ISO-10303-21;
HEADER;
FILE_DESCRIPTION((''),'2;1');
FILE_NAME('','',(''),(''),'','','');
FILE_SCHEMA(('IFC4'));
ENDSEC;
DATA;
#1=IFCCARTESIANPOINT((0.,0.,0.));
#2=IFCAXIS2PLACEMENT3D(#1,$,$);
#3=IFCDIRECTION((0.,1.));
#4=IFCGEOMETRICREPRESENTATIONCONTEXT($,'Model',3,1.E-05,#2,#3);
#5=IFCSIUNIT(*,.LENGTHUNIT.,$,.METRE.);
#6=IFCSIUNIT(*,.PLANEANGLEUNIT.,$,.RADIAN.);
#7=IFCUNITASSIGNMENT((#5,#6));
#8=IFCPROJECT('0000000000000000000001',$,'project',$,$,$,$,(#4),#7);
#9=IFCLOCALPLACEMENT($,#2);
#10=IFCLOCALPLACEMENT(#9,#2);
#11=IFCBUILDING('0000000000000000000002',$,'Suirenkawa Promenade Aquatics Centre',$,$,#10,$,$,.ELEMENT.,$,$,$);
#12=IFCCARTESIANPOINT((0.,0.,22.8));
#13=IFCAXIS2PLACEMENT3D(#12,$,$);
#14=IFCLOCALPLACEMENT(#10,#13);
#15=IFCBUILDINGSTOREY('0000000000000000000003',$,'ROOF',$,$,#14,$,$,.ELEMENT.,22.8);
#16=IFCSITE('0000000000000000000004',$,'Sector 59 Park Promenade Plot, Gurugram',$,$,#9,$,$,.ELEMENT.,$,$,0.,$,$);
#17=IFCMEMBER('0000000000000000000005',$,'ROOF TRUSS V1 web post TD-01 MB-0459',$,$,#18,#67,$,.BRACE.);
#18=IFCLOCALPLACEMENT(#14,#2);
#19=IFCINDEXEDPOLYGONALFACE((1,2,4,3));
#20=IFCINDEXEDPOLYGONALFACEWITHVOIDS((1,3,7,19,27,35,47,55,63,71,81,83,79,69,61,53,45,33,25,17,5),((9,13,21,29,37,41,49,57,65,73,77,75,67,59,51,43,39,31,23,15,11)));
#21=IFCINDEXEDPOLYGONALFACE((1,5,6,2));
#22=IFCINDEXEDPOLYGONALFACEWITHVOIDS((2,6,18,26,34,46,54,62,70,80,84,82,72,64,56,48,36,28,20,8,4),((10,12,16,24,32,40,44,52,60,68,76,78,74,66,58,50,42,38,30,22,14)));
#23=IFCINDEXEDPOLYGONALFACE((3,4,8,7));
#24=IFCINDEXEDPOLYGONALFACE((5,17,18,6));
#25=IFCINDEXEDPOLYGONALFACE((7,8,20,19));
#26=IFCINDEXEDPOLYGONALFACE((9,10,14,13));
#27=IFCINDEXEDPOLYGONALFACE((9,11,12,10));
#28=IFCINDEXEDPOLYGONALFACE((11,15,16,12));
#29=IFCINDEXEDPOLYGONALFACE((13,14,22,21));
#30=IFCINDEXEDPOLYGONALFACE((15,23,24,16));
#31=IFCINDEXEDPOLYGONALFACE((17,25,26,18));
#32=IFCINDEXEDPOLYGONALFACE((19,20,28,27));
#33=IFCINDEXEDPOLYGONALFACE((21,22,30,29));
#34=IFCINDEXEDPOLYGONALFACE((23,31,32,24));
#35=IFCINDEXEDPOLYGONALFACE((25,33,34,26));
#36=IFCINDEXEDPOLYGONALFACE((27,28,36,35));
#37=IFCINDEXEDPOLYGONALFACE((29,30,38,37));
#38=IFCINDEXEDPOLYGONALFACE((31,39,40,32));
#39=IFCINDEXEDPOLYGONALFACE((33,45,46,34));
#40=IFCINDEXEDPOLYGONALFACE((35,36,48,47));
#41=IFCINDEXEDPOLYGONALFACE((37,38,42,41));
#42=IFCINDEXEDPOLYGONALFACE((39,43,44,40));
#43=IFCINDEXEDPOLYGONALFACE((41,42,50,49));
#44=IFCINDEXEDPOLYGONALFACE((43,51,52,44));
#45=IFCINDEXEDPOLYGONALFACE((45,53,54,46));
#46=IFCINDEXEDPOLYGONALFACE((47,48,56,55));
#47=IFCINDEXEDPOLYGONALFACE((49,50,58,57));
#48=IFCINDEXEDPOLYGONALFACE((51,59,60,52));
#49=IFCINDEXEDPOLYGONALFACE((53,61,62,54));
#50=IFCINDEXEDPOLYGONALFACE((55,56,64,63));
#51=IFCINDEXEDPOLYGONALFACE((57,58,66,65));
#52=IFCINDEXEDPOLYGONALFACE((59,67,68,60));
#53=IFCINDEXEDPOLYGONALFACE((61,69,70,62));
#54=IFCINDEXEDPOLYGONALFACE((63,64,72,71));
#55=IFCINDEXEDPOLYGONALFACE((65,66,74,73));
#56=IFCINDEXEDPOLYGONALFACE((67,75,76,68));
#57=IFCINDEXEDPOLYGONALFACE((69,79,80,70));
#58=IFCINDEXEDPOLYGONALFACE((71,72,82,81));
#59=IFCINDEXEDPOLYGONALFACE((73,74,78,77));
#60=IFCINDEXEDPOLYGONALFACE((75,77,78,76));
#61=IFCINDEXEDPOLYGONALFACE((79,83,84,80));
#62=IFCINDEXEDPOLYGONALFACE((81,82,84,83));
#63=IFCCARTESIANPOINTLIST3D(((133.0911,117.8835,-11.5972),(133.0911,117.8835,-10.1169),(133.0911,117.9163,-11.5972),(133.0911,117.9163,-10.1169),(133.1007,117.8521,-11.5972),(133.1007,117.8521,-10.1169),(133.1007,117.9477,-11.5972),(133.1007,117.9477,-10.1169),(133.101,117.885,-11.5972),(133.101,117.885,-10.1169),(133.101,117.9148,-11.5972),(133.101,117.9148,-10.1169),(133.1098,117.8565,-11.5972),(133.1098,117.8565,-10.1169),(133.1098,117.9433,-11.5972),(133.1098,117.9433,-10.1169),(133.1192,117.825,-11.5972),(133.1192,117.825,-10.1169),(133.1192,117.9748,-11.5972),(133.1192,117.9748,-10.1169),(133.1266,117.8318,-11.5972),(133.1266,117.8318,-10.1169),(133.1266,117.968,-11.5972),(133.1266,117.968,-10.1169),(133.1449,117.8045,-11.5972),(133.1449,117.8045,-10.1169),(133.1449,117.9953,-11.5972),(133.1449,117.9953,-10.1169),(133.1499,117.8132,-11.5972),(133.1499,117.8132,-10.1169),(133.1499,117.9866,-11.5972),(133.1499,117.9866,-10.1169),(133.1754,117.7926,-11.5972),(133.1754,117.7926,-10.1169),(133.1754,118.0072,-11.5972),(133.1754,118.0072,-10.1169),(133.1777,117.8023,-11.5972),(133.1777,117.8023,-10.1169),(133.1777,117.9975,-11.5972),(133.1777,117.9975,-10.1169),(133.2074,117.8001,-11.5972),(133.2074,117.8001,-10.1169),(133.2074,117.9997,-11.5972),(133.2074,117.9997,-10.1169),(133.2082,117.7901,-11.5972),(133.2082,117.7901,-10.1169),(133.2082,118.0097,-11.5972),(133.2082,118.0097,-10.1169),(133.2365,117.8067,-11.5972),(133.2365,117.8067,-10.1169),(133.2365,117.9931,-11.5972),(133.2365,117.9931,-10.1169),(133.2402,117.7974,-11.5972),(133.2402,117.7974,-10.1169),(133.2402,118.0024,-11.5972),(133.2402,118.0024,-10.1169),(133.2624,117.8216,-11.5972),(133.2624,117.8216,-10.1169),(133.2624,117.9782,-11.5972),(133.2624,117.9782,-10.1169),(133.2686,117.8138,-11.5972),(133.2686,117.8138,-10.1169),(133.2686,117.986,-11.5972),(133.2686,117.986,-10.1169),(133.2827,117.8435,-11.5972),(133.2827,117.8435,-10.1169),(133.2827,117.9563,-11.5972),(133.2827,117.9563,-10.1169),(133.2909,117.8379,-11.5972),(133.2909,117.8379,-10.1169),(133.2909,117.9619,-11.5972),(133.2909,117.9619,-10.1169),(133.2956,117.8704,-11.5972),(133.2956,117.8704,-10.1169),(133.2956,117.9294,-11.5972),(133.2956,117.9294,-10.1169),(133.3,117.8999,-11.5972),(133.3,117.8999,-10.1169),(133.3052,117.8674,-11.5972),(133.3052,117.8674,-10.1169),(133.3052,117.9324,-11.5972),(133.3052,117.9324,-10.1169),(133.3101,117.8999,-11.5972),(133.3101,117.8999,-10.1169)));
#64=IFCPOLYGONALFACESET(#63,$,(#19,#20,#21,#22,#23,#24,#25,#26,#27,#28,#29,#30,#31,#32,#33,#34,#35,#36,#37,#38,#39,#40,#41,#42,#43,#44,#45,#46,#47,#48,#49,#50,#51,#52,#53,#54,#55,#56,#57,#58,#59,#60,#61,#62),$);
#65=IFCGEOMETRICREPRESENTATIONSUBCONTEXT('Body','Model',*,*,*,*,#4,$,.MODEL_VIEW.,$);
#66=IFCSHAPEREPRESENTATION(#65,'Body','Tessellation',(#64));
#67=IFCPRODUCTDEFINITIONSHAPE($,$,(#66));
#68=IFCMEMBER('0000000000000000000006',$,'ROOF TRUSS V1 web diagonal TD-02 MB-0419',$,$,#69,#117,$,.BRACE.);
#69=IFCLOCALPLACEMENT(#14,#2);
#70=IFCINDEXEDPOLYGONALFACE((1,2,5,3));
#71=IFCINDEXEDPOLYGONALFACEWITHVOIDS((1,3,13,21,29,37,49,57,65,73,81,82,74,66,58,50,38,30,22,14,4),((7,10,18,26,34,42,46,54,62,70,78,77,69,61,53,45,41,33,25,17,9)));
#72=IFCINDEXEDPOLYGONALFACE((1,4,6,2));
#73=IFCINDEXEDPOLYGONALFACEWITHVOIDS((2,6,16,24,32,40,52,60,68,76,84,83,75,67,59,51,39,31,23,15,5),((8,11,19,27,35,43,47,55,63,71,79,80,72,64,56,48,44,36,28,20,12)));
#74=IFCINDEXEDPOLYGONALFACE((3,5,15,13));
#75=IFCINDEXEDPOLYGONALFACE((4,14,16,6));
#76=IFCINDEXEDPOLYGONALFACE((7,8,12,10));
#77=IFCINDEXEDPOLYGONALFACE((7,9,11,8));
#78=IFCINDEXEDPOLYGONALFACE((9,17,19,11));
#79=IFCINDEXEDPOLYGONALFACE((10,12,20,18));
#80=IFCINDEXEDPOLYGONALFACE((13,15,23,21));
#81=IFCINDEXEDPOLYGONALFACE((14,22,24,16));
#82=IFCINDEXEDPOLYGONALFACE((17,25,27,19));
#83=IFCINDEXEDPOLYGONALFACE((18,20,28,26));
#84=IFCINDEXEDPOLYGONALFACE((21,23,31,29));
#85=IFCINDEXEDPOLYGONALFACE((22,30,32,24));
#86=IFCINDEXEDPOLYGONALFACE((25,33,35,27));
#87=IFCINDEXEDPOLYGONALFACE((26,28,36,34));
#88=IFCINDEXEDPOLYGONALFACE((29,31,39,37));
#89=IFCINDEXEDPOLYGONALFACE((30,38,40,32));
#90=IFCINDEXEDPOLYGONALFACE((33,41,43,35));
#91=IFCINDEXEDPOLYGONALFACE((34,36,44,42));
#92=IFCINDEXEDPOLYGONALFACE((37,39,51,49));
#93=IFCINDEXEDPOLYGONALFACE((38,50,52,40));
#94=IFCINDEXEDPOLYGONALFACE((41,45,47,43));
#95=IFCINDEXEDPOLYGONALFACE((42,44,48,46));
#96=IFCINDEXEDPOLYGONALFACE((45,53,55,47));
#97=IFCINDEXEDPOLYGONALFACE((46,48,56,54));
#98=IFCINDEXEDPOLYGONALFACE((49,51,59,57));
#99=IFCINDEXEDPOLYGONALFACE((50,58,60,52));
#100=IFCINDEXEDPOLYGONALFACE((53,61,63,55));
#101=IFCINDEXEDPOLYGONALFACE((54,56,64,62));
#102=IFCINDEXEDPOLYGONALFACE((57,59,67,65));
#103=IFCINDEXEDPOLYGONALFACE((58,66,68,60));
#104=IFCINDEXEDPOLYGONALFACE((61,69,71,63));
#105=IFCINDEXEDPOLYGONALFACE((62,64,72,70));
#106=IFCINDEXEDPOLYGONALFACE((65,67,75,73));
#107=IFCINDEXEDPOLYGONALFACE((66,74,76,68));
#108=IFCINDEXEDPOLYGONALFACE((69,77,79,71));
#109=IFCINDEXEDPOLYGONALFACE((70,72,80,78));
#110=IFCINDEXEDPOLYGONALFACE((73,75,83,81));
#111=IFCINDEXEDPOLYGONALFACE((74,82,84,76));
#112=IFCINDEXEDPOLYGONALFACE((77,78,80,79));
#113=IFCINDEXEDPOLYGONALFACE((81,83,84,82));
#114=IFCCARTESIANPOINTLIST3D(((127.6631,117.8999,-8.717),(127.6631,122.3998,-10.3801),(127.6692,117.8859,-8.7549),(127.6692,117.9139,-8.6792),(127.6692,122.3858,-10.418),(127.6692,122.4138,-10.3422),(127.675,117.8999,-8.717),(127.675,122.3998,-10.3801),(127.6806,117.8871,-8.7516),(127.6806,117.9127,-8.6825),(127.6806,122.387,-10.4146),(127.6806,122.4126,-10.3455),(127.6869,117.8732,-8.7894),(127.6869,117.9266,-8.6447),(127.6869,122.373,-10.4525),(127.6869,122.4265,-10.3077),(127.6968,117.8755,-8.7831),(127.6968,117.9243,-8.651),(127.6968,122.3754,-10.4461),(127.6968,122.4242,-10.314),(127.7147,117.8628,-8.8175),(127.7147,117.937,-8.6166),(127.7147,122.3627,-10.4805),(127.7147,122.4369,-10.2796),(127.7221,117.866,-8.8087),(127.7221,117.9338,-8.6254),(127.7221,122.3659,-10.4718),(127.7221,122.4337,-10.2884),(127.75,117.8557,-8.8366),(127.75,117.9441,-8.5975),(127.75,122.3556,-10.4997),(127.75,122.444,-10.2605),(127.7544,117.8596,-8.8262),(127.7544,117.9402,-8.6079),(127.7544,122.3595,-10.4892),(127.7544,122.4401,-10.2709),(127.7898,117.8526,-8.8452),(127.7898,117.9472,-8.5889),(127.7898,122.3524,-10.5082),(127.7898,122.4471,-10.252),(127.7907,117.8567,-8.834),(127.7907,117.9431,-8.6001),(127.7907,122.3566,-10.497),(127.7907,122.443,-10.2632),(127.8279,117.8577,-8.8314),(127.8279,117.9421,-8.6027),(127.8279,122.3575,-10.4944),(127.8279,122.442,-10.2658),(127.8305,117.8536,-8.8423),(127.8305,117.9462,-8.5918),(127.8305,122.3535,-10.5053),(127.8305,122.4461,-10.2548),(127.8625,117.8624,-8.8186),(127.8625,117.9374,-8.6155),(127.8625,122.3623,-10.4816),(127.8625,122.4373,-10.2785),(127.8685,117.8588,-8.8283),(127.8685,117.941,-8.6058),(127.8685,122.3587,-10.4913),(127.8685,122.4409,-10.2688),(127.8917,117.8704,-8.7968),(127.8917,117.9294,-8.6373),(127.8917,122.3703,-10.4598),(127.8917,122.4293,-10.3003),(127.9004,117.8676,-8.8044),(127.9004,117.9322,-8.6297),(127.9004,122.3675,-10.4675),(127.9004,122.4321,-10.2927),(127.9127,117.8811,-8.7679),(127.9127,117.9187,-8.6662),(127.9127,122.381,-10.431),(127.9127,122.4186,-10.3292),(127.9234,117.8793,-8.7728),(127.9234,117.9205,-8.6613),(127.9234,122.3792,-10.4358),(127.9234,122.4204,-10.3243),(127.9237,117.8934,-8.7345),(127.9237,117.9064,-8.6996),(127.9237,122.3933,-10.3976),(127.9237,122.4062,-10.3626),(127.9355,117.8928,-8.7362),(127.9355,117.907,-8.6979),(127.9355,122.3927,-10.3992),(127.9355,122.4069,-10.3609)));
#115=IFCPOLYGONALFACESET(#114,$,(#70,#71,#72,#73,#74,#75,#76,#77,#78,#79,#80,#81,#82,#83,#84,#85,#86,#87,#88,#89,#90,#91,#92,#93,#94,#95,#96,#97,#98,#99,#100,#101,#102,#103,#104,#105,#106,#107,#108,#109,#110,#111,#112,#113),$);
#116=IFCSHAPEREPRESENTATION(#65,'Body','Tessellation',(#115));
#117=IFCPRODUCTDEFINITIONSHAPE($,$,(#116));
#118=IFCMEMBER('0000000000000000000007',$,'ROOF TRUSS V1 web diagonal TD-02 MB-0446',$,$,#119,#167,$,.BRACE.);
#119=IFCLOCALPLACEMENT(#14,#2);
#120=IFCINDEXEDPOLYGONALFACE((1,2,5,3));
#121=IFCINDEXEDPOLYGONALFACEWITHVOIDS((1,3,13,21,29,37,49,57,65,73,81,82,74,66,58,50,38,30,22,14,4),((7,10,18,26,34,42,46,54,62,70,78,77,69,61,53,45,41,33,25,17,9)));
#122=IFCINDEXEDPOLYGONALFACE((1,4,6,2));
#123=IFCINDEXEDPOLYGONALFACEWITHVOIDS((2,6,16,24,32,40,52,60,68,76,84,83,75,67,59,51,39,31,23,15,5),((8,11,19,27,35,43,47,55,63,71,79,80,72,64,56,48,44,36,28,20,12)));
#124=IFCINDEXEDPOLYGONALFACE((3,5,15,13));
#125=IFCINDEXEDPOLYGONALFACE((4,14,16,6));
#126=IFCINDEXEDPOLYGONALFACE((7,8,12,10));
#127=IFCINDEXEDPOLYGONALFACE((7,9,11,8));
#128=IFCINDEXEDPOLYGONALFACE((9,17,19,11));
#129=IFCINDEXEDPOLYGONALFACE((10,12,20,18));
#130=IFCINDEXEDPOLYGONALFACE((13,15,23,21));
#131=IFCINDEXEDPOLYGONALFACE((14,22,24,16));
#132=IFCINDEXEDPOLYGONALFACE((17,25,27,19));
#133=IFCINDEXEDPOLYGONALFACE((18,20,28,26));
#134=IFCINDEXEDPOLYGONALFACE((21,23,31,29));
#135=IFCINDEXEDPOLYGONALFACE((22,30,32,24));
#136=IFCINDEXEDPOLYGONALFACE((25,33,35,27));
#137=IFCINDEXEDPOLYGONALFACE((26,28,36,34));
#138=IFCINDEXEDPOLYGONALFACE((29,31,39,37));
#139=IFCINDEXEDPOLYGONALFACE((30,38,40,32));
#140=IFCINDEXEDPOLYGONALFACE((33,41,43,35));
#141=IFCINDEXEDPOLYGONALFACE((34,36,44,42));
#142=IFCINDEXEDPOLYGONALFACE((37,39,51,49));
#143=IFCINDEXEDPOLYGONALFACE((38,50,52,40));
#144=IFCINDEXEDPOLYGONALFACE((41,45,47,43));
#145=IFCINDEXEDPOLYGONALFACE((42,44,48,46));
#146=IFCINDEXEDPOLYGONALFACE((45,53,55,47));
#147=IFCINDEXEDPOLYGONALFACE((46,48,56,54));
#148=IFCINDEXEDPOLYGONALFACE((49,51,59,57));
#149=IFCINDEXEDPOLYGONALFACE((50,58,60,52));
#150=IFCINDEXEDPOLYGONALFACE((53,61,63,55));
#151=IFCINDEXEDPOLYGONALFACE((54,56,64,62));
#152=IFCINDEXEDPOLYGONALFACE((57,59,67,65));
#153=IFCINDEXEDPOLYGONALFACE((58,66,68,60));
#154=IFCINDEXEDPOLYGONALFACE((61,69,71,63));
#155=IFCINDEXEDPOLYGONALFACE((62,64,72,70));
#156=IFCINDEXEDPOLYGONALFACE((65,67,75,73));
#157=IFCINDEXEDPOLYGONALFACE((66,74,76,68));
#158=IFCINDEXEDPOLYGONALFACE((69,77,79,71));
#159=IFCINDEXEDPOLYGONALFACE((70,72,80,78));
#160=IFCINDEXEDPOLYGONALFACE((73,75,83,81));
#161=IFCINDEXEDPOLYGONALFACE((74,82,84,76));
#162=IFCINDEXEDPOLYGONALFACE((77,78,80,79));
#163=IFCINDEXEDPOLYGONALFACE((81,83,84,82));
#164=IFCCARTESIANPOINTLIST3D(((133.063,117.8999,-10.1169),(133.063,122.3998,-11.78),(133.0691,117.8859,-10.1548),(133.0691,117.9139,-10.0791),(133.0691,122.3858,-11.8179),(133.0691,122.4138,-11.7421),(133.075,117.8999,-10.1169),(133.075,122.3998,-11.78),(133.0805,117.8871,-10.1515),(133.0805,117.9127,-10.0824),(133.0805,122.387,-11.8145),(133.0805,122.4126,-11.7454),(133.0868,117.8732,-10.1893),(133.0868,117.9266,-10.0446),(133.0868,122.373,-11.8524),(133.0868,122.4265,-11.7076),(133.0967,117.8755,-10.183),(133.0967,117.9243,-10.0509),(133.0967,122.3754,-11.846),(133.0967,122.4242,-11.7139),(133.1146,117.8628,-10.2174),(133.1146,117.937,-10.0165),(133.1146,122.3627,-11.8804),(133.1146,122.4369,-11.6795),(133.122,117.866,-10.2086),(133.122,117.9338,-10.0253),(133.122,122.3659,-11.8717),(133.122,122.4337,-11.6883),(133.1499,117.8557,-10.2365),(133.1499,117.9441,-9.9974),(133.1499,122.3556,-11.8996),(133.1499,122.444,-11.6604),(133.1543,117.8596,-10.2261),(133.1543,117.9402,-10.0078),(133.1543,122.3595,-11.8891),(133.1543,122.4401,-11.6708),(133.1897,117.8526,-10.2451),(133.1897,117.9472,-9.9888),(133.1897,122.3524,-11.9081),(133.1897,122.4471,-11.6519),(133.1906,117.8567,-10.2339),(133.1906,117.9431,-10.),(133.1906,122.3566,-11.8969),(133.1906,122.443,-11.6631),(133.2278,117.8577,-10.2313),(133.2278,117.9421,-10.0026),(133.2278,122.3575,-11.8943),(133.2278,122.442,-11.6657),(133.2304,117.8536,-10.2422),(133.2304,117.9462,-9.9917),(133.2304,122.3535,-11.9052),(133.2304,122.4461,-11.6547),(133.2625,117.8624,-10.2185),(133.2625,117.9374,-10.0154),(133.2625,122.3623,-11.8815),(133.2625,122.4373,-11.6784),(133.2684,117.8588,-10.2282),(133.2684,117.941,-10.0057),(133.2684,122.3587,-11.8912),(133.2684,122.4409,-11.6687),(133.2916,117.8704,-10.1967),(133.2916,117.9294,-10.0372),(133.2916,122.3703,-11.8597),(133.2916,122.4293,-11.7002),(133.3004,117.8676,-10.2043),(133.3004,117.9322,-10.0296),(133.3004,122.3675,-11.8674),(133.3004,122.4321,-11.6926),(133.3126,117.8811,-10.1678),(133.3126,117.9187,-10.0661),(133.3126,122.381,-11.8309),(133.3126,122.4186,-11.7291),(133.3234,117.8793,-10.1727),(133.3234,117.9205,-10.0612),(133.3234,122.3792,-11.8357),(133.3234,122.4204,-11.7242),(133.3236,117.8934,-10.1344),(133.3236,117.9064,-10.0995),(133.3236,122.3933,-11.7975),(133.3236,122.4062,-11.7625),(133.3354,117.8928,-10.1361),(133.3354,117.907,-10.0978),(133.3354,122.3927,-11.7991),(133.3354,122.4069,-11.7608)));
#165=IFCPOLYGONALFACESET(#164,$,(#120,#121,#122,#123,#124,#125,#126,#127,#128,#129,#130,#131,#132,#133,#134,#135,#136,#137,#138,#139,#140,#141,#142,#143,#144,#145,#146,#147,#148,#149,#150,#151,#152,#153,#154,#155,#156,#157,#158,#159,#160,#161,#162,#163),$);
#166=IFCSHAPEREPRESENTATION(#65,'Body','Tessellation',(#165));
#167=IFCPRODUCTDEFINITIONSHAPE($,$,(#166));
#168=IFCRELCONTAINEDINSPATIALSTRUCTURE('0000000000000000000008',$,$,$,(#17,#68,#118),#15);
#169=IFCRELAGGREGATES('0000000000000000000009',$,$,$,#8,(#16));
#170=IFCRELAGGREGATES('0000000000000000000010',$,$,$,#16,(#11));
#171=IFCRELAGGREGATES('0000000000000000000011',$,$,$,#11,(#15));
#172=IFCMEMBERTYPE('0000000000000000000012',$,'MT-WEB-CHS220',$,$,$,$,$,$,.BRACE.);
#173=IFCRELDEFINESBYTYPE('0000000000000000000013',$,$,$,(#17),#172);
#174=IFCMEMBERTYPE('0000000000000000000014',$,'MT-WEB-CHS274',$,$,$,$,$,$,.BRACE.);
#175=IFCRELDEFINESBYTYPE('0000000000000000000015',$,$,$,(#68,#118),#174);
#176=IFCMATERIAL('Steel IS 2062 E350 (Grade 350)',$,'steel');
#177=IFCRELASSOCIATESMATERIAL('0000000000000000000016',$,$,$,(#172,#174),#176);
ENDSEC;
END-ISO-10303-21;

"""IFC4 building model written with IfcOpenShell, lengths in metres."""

from ifc_helpers import new_model, si_unit, direction, frame, origin, origin_2d, place, context, subcontext, project, spatial, hollow_circle, extrude, material, material_profile, profile_set, type_object, element, save


model = new_model("IFC4")

# Units and contexts
model_context = context("Model", 3, precision=1e-05, world=origin(), true_north=direction((0.0, 1.0)))
body_context = subcontext(model_context, "Body", "Model", "MODEL_VIEW")
ifc_project = project(units=[si_unit("LENGTHUNIT", "METRE"), si_unit("PLANEANGLEUNIT", "RADIAN")], contexts=[model_context])

# Site, building, storey
site_placement = place(None, origin())
site = spatial("IfcSite", under=ifc_project, at=site_placement, Name="Sector 59 Park Promenade Plot, Gurugram", CompositionType="ELEMENT", RefElevation=0.0)
building_placement = place(site_placement, origin())
building = spatial("IfcBuilding", under=site, at=building_placement, Name="Suirenkawa Promenade Aquatics Centre", CompositionType="ELEMENT")
storey_placement = place(building_placement, frame((0.0, 0.0, 22.8)))
storey = spatial("IfcBuildingStorey", under=building, at=storey_placement, Name="ROOF", CompositionType="ELEMENT", Elevation=22.8)

# Shared definitions
ifc_material = material(Name="Steel IS 2062 E350 (Grade 350)", Category="steel")

# Members
ifc_material_profile_1 = material_profile(ifc_material, hollow_circle(Radius=0.1101, WallThickness=0.01, at=origin_2d()), Name="CHS 220x10", Category="steel")
ifc_profile_set_1 = profile_set([ifc_material_profile_1], Name="Steel IS 2062 E350 (Grade 350)")
member_type_1 = type_object("IfcMemberType", Name="MT-WEB-CHS220", PredefinedType="BRACE", material=ifc_profile_set_1)
member_1_placement = place(storey_placement, frame((133.2, 117.8999, -11.5972), z_axis=(0.0, 0.0, 1.0), x_axis=(1.0, 0.0, 0.0)))
element("IfcMember", 1, at=member_1_placement, inside=storey, type_object=member_type_1, Name="ROOF TRUSS V1 web post TD-01 MB-0459", PredefinedType="BRACE", context=body_context, shape_type="SweptSolid", body=[
    extrude(hollow_circle(Radius=0.1101, WallThickness=0.01, at=origin_2d()), origin(), (0.0, 0.0, 1.0), 1.4802),
])
ifc_material_profile_2 = material_profile(ifc_material, hollow_circle(Radius=0.137, WallThickness=0.012, at=origin_2d()), Name="CHS 274x12", Category="steel")
ifc_profile_set_2 = profile_set([ifc_material_profile_2], Name="Steel IS 2062 E350 (Grade 350)")
member_type_2 = type_object("IfcMemberType", Name="MT-WEB-CHS274", PredefinedType="BRACE", material=ifc_profile_set_2)
for number, where, z_axis, x_axis, name in (
    (2, (127.8, 117.8999, -8.717), (0.0, 0.937992, -0.346658), (-1.0, 0.0, 0.0), "ROOF TRUSS V1 web diagonal TD-02 MB-0419"),
    (3, (133.2, 117.8999, -10.1169), (0.0, 0.937992, -0.346658), (-1.0, 0.0, 0.0), "ROOF TRUSS V1 web diagonal TD-02 MB-0446"),
):
    element("IfcMember", number, at=place(storey_placement, frame(where, z_axis=z_axis, x_axis=x_axis)), inside=storey, type_object=member_type_2, Name=name, PredefinedType="BRACE", context=body_context, shape_type="SweptSolid", body=[
        extrude(hollow_circle(Radius=0.137, WallThickness=0.012, at=origin_2d()), origin(), (0.0, 0.0, 1.0), 4.7974),
    ])

save(model, "model.ifc")
